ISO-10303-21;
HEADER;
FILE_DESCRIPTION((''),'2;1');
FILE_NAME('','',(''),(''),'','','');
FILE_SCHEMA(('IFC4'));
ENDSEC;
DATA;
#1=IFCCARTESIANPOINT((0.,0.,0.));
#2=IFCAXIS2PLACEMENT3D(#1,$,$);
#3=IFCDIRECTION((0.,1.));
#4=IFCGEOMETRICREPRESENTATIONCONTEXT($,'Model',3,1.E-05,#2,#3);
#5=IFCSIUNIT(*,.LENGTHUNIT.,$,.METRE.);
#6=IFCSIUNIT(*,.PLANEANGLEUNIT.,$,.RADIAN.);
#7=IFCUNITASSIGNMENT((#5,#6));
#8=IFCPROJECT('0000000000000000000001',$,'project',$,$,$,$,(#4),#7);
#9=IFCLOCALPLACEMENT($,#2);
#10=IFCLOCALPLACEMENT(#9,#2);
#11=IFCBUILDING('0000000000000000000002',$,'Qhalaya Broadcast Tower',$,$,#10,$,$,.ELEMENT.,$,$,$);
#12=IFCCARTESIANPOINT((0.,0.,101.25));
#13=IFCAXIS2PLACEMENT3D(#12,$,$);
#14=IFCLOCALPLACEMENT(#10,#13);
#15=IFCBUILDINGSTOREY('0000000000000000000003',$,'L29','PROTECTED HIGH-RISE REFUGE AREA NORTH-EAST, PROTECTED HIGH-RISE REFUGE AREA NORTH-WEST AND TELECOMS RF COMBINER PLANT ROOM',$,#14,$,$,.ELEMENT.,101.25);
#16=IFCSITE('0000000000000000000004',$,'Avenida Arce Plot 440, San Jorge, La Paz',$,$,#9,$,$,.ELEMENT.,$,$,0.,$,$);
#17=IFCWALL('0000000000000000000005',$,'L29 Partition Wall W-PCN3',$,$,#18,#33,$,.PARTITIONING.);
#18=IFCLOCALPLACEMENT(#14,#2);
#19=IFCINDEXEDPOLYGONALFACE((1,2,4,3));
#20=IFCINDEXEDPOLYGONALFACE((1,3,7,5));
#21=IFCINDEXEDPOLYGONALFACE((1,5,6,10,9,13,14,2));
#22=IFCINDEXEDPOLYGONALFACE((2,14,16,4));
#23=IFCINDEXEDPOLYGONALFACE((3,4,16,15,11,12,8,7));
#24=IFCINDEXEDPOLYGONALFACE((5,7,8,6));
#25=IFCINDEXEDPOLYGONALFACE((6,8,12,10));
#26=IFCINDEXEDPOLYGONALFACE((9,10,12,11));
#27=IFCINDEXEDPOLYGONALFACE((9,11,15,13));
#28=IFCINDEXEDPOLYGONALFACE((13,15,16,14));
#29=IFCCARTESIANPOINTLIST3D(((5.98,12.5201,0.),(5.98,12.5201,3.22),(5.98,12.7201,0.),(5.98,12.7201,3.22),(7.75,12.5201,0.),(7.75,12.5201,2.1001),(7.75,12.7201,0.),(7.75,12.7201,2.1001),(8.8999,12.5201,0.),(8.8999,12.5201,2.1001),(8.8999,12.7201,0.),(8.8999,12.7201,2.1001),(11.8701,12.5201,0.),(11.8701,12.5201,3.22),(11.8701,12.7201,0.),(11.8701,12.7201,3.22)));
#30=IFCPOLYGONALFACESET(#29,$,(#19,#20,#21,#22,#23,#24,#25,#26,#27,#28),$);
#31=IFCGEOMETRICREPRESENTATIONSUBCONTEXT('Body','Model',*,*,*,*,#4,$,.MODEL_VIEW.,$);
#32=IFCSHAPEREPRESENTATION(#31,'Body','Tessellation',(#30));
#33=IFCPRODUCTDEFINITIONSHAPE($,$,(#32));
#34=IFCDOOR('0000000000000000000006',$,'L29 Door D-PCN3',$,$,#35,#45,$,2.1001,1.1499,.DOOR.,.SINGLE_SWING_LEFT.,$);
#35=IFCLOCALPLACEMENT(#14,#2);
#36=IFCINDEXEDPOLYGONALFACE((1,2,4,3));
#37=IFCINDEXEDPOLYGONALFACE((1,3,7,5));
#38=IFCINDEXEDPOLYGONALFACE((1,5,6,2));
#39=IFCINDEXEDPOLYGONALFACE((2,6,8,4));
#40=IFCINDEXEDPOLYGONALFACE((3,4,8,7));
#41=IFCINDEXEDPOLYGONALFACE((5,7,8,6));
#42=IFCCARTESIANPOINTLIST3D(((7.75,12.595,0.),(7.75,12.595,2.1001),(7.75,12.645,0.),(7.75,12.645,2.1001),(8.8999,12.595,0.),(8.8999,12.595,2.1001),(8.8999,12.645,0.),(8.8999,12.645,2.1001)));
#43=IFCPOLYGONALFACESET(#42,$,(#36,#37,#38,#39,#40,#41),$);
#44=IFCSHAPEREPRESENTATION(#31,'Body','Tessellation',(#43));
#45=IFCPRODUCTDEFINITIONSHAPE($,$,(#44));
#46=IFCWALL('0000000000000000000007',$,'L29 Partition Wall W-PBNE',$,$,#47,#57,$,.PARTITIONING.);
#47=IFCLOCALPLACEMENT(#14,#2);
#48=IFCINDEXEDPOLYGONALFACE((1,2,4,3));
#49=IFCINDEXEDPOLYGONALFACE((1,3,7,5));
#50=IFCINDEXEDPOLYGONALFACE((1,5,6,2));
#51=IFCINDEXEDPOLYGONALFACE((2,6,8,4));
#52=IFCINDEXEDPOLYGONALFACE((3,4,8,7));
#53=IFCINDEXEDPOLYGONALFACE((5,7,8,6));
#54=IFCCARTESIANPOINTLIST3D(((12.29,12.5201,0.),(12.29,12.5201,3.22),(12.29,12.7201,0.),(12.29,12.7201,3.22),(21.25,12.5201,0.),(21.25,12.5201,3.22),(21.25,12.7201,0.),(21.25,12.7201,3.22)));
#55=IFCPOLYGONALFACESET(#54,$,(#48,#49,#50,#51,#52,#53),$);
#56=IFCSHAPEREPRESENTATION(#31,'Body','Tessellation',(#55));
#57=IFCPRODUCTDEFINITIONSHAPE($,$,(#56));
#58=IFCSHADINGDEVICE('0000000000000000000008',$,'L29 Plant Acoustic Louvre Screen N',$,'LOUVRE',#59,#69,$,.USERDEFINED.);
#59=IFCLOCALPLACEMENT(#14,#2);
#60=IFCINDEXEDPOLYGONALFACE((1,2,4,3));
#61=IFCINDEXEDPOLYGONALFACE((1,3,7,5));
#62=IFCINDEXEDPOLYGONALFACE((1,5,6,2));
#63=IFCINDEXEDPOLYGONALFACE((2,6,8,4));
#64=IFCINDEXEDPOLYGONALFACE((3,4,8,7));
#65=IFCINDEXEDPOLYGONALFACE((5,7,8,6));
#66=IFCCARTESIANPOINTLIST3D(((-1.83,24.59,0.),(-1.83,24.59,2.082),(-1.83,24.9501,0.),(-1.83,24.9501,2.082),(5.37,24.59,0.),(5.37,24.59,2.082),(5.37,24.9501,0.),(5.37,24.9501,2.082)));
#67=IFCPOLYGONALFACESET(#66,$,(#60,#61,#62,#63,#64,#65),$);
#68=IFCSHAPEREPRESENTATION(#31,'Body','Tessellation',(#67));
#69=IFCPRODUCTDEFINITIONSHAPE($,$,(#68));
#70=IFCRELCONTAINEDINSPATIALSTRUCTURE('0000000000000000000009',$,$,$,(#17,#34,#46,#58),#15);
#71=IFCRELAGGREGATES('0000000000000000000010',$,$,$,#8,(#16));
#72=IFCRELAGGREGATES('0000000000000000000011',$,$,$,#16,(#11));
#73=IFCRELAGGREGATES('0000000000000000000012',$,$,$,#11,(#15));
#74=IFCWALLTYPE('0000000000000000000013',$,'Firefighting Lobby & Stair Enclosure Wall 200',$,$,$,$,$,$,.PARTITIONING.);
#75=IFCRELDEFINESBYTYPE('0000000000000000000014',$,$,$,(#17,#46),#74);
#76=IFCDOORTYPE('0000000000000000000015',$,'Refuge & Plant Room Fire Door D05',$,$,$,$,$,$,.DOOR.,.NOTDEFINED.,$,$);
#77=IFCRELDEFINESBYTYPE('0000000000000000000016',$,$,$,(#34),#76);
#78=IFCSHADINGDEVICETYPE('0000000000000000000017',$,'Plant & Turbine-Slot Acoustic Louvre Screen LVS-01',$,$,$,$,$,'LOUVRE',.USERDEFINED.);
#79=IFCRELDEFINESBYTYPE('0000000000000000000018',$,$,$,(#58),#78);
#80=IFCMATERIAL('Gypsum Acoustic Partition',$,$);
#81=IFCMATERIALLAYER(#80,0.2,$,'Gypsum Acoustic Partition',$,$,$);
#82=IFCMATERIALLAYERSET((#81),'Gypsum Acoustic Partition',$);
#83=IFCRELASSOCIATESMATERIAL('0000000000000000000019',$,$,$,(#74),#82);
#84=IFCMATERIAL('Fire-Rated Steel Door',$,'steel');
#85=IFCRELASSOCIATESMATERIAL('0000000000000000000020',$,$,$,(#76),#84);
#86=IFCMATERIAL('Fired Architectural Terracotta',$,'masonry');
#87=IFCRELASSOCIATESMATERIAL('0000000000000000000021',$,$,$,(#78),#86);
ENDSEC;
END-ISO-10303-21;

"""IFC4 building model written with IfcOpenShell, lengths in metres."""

from ifc_helpers import new_model, si_unit, direction, frame, frame_2d, origin, origin_2d, place, context, subcontext, project, spatial, rectangle, extrude, material, layer, layer_set, type_object, element, fill, save


model = new_model("IFC4")

# Units and contexts
model_context = context("Model", 3, precision=1e-05, world=origin(), true_north=direction((0.0, 1.0)))
body_context = subcontext(model_context, "Body", "Model", "MODEL_VIEW")
ifc_project = project(units=[si_unit("LENGTHUNIT", "METRE"), si_unit("PLANEANGLEUNIT", "RADIAN")], contexts=[model_context])

# Site, building, storey
site_placement = place(None, origin())
site = spatial("IfcSite", under=ifc_project, at=site_placement, Name="Avenida Arce Plot 440, San Jorge, La Paz", CompositionType="ELEMENT", RefElevation=0.0)
building_placement = place(site_placement, origin())
building = spatial("IfcBuilding", under=site, at=building_placement, Name="Qhalaya Broadcast Tower", CompositionType="ELEMENT")
storey_placement = place(building_placement, frame((0.0, 0.0, 101.25)))
storey = spatial("IfcBuildingStorey", under=building, at=storey_placement, Name="L29", Description="PROTECTED HIGH-RISE REFUGE AREA NORTH-EAST, PROTECTED HIGH-RISE REFUGE AREA NORTH-WEST AND TELECOMS RF COMBINER PLANT ROOM", CompositionType="ELEMENT", Elevation=101.25)

# Shared definitions
ifc_material_1 = material(Name="Gypsum Acoustic Partition")
ifc_layer_1 = layer(ifc_material_1, 0.2, Name="Gypsum Acoustic Partition")
ifc_layer_set_1 = layer_set([ifc_layer_1], Name="Gypsum Acoustic Partition")
wall_type = type_object("IfcWallType", Name="Firefighting Lobby & Stair Enclosure Wall 200", PredefinedType="PARTITIONING", material=ifc_layer_set_1)
ifc_material_2 = material(Name="Fire-Rated Steel Door", Category="steel")
door_type = type_object("IfcDoorType", Name="Refuge & Plant Room Fire Door D05", OperationType="NOTDEFINED", PredefinedType="DOOR", material=ifc_material_2)

# Wall, opening, door
wall_1_placement = place(storey_placement, frame((5.98, 12.6201, 0.0), z_axis=(0.0, 0.0, 1.0), x_axis=(1.0, 0.0, 0.0)))
wall_1 = element("IfcWall", 1, at=wall_1_placement, inside=storey, type_object=wall_type, Name="L29 Partition Wall W-PCN3", PredefinedType="PARTITIONING", context=body_context, shape_type="SweptSolid", body=[
    extrude(rectangle(XDim=5.8901, YDim=0.2, at=frame_2d((2.9451, 0.0))), origin(), (0.0, 0.0, 1.0), 3.22),
])
opening_1_placement = place(wall_1_placement, frame((1.77, 0.0, 0.0)))
opening_1 = element("IfcOpeningElement", 2, at=opening_1_placement, cuts=wall_1, PredefinedType="OPENING", context=body_context, shape_type="SweptSolid", body=[
    extrude(rectangle(XDim=1.1499, YDim=2.1001, at=frame_2d((0.575, 1.05))), frame((0.0, 0.1121, 0.0), z_axis=(0.0, -1.0, 0.0), x_axis=(1.0, 0.0, 0.0)), (0.0, 0.0, 1.0), 0.2239),
])
door_1_placement = place(opening_1_placement, origin())
door_1 = element("IfcDoor", 3, at=door_1_placement, inside=storey, type_object=door_type, Name="L29 Door D-PCN3", OperationType="SINGLE_SWING_LEFT", OverallHeight=2.1001, OverallWidth=1.1499, PredefinedType="DOOR", context=body_context, shape_type="SweptSolid", body=[
    extrude(rectangle(XDim=1.1499, YDim=2.1001, at=frame_2d((0.575, 1.05))), frame((0.0, 0.0249, 0.0), z_axis=(0.0, -1.0, 0.0), x_axis=(1.0, 0.0, 0.0)), (0.0, 0.0, 1.0), 0.05),
])
fill(opening_1, door_1)

# Wall
wall_2_placement = place(storey_placement, frame((12.29, 12.6201, 0.0), z_axis=(0.0, 0.0, 1.0), x_axis=(1.0, 0.0, 0.0)))
element("IfcWall", 4, at=wall_2_placement, inside=storey, type_object=wall_type, Name="L29 Partition Wall W-PBNE", PredefinedType="PARTITIONING", context=body_context, shape_type="SweptSolid", body=[
    extrude(rectangle(XDim=8.96, YDim=0.2, at=frame_2d((4.48, 0.0))), origin(), (0.0, 0.0, 1.0), 3.22),
])

# Shading device
ifc_material_3 = material(Name="Fired Architectural Terracotta", Category="masonry")
shading_device_type = type_object("IfcShadingDeviceType", Name="Plant & Turbine-Slot Acoustic Louvre Screen LVS-01", ElementType="LOUVRE", PredefinedType="USERDEFINED", material=ifc_material_3)
shading_device_placement = place(storey_placement, frame((1.77, 24.77, 0.0), z_axis=(0.0, 0.0, 1.0), x_axis=(1.0, 0.0, 0.0)))
element("IfcShadingDevice", 5, at=shading_device_placement, inside=storey, type_object=shading_device_type, Name="L29 Plant Acoustic Louvre Screen N", ObjectType="LOUVRE", PredefinedType="USERDEFINED", context=body_context, shape_type="SweptSolid", body=[
    extrude(rectangle(XDim=7.2, YDim=0.3601, at=origin_2d()), origin(), (0.0, 0.0, 1.0), 2.082),
])

save(model, "model.ifc")
